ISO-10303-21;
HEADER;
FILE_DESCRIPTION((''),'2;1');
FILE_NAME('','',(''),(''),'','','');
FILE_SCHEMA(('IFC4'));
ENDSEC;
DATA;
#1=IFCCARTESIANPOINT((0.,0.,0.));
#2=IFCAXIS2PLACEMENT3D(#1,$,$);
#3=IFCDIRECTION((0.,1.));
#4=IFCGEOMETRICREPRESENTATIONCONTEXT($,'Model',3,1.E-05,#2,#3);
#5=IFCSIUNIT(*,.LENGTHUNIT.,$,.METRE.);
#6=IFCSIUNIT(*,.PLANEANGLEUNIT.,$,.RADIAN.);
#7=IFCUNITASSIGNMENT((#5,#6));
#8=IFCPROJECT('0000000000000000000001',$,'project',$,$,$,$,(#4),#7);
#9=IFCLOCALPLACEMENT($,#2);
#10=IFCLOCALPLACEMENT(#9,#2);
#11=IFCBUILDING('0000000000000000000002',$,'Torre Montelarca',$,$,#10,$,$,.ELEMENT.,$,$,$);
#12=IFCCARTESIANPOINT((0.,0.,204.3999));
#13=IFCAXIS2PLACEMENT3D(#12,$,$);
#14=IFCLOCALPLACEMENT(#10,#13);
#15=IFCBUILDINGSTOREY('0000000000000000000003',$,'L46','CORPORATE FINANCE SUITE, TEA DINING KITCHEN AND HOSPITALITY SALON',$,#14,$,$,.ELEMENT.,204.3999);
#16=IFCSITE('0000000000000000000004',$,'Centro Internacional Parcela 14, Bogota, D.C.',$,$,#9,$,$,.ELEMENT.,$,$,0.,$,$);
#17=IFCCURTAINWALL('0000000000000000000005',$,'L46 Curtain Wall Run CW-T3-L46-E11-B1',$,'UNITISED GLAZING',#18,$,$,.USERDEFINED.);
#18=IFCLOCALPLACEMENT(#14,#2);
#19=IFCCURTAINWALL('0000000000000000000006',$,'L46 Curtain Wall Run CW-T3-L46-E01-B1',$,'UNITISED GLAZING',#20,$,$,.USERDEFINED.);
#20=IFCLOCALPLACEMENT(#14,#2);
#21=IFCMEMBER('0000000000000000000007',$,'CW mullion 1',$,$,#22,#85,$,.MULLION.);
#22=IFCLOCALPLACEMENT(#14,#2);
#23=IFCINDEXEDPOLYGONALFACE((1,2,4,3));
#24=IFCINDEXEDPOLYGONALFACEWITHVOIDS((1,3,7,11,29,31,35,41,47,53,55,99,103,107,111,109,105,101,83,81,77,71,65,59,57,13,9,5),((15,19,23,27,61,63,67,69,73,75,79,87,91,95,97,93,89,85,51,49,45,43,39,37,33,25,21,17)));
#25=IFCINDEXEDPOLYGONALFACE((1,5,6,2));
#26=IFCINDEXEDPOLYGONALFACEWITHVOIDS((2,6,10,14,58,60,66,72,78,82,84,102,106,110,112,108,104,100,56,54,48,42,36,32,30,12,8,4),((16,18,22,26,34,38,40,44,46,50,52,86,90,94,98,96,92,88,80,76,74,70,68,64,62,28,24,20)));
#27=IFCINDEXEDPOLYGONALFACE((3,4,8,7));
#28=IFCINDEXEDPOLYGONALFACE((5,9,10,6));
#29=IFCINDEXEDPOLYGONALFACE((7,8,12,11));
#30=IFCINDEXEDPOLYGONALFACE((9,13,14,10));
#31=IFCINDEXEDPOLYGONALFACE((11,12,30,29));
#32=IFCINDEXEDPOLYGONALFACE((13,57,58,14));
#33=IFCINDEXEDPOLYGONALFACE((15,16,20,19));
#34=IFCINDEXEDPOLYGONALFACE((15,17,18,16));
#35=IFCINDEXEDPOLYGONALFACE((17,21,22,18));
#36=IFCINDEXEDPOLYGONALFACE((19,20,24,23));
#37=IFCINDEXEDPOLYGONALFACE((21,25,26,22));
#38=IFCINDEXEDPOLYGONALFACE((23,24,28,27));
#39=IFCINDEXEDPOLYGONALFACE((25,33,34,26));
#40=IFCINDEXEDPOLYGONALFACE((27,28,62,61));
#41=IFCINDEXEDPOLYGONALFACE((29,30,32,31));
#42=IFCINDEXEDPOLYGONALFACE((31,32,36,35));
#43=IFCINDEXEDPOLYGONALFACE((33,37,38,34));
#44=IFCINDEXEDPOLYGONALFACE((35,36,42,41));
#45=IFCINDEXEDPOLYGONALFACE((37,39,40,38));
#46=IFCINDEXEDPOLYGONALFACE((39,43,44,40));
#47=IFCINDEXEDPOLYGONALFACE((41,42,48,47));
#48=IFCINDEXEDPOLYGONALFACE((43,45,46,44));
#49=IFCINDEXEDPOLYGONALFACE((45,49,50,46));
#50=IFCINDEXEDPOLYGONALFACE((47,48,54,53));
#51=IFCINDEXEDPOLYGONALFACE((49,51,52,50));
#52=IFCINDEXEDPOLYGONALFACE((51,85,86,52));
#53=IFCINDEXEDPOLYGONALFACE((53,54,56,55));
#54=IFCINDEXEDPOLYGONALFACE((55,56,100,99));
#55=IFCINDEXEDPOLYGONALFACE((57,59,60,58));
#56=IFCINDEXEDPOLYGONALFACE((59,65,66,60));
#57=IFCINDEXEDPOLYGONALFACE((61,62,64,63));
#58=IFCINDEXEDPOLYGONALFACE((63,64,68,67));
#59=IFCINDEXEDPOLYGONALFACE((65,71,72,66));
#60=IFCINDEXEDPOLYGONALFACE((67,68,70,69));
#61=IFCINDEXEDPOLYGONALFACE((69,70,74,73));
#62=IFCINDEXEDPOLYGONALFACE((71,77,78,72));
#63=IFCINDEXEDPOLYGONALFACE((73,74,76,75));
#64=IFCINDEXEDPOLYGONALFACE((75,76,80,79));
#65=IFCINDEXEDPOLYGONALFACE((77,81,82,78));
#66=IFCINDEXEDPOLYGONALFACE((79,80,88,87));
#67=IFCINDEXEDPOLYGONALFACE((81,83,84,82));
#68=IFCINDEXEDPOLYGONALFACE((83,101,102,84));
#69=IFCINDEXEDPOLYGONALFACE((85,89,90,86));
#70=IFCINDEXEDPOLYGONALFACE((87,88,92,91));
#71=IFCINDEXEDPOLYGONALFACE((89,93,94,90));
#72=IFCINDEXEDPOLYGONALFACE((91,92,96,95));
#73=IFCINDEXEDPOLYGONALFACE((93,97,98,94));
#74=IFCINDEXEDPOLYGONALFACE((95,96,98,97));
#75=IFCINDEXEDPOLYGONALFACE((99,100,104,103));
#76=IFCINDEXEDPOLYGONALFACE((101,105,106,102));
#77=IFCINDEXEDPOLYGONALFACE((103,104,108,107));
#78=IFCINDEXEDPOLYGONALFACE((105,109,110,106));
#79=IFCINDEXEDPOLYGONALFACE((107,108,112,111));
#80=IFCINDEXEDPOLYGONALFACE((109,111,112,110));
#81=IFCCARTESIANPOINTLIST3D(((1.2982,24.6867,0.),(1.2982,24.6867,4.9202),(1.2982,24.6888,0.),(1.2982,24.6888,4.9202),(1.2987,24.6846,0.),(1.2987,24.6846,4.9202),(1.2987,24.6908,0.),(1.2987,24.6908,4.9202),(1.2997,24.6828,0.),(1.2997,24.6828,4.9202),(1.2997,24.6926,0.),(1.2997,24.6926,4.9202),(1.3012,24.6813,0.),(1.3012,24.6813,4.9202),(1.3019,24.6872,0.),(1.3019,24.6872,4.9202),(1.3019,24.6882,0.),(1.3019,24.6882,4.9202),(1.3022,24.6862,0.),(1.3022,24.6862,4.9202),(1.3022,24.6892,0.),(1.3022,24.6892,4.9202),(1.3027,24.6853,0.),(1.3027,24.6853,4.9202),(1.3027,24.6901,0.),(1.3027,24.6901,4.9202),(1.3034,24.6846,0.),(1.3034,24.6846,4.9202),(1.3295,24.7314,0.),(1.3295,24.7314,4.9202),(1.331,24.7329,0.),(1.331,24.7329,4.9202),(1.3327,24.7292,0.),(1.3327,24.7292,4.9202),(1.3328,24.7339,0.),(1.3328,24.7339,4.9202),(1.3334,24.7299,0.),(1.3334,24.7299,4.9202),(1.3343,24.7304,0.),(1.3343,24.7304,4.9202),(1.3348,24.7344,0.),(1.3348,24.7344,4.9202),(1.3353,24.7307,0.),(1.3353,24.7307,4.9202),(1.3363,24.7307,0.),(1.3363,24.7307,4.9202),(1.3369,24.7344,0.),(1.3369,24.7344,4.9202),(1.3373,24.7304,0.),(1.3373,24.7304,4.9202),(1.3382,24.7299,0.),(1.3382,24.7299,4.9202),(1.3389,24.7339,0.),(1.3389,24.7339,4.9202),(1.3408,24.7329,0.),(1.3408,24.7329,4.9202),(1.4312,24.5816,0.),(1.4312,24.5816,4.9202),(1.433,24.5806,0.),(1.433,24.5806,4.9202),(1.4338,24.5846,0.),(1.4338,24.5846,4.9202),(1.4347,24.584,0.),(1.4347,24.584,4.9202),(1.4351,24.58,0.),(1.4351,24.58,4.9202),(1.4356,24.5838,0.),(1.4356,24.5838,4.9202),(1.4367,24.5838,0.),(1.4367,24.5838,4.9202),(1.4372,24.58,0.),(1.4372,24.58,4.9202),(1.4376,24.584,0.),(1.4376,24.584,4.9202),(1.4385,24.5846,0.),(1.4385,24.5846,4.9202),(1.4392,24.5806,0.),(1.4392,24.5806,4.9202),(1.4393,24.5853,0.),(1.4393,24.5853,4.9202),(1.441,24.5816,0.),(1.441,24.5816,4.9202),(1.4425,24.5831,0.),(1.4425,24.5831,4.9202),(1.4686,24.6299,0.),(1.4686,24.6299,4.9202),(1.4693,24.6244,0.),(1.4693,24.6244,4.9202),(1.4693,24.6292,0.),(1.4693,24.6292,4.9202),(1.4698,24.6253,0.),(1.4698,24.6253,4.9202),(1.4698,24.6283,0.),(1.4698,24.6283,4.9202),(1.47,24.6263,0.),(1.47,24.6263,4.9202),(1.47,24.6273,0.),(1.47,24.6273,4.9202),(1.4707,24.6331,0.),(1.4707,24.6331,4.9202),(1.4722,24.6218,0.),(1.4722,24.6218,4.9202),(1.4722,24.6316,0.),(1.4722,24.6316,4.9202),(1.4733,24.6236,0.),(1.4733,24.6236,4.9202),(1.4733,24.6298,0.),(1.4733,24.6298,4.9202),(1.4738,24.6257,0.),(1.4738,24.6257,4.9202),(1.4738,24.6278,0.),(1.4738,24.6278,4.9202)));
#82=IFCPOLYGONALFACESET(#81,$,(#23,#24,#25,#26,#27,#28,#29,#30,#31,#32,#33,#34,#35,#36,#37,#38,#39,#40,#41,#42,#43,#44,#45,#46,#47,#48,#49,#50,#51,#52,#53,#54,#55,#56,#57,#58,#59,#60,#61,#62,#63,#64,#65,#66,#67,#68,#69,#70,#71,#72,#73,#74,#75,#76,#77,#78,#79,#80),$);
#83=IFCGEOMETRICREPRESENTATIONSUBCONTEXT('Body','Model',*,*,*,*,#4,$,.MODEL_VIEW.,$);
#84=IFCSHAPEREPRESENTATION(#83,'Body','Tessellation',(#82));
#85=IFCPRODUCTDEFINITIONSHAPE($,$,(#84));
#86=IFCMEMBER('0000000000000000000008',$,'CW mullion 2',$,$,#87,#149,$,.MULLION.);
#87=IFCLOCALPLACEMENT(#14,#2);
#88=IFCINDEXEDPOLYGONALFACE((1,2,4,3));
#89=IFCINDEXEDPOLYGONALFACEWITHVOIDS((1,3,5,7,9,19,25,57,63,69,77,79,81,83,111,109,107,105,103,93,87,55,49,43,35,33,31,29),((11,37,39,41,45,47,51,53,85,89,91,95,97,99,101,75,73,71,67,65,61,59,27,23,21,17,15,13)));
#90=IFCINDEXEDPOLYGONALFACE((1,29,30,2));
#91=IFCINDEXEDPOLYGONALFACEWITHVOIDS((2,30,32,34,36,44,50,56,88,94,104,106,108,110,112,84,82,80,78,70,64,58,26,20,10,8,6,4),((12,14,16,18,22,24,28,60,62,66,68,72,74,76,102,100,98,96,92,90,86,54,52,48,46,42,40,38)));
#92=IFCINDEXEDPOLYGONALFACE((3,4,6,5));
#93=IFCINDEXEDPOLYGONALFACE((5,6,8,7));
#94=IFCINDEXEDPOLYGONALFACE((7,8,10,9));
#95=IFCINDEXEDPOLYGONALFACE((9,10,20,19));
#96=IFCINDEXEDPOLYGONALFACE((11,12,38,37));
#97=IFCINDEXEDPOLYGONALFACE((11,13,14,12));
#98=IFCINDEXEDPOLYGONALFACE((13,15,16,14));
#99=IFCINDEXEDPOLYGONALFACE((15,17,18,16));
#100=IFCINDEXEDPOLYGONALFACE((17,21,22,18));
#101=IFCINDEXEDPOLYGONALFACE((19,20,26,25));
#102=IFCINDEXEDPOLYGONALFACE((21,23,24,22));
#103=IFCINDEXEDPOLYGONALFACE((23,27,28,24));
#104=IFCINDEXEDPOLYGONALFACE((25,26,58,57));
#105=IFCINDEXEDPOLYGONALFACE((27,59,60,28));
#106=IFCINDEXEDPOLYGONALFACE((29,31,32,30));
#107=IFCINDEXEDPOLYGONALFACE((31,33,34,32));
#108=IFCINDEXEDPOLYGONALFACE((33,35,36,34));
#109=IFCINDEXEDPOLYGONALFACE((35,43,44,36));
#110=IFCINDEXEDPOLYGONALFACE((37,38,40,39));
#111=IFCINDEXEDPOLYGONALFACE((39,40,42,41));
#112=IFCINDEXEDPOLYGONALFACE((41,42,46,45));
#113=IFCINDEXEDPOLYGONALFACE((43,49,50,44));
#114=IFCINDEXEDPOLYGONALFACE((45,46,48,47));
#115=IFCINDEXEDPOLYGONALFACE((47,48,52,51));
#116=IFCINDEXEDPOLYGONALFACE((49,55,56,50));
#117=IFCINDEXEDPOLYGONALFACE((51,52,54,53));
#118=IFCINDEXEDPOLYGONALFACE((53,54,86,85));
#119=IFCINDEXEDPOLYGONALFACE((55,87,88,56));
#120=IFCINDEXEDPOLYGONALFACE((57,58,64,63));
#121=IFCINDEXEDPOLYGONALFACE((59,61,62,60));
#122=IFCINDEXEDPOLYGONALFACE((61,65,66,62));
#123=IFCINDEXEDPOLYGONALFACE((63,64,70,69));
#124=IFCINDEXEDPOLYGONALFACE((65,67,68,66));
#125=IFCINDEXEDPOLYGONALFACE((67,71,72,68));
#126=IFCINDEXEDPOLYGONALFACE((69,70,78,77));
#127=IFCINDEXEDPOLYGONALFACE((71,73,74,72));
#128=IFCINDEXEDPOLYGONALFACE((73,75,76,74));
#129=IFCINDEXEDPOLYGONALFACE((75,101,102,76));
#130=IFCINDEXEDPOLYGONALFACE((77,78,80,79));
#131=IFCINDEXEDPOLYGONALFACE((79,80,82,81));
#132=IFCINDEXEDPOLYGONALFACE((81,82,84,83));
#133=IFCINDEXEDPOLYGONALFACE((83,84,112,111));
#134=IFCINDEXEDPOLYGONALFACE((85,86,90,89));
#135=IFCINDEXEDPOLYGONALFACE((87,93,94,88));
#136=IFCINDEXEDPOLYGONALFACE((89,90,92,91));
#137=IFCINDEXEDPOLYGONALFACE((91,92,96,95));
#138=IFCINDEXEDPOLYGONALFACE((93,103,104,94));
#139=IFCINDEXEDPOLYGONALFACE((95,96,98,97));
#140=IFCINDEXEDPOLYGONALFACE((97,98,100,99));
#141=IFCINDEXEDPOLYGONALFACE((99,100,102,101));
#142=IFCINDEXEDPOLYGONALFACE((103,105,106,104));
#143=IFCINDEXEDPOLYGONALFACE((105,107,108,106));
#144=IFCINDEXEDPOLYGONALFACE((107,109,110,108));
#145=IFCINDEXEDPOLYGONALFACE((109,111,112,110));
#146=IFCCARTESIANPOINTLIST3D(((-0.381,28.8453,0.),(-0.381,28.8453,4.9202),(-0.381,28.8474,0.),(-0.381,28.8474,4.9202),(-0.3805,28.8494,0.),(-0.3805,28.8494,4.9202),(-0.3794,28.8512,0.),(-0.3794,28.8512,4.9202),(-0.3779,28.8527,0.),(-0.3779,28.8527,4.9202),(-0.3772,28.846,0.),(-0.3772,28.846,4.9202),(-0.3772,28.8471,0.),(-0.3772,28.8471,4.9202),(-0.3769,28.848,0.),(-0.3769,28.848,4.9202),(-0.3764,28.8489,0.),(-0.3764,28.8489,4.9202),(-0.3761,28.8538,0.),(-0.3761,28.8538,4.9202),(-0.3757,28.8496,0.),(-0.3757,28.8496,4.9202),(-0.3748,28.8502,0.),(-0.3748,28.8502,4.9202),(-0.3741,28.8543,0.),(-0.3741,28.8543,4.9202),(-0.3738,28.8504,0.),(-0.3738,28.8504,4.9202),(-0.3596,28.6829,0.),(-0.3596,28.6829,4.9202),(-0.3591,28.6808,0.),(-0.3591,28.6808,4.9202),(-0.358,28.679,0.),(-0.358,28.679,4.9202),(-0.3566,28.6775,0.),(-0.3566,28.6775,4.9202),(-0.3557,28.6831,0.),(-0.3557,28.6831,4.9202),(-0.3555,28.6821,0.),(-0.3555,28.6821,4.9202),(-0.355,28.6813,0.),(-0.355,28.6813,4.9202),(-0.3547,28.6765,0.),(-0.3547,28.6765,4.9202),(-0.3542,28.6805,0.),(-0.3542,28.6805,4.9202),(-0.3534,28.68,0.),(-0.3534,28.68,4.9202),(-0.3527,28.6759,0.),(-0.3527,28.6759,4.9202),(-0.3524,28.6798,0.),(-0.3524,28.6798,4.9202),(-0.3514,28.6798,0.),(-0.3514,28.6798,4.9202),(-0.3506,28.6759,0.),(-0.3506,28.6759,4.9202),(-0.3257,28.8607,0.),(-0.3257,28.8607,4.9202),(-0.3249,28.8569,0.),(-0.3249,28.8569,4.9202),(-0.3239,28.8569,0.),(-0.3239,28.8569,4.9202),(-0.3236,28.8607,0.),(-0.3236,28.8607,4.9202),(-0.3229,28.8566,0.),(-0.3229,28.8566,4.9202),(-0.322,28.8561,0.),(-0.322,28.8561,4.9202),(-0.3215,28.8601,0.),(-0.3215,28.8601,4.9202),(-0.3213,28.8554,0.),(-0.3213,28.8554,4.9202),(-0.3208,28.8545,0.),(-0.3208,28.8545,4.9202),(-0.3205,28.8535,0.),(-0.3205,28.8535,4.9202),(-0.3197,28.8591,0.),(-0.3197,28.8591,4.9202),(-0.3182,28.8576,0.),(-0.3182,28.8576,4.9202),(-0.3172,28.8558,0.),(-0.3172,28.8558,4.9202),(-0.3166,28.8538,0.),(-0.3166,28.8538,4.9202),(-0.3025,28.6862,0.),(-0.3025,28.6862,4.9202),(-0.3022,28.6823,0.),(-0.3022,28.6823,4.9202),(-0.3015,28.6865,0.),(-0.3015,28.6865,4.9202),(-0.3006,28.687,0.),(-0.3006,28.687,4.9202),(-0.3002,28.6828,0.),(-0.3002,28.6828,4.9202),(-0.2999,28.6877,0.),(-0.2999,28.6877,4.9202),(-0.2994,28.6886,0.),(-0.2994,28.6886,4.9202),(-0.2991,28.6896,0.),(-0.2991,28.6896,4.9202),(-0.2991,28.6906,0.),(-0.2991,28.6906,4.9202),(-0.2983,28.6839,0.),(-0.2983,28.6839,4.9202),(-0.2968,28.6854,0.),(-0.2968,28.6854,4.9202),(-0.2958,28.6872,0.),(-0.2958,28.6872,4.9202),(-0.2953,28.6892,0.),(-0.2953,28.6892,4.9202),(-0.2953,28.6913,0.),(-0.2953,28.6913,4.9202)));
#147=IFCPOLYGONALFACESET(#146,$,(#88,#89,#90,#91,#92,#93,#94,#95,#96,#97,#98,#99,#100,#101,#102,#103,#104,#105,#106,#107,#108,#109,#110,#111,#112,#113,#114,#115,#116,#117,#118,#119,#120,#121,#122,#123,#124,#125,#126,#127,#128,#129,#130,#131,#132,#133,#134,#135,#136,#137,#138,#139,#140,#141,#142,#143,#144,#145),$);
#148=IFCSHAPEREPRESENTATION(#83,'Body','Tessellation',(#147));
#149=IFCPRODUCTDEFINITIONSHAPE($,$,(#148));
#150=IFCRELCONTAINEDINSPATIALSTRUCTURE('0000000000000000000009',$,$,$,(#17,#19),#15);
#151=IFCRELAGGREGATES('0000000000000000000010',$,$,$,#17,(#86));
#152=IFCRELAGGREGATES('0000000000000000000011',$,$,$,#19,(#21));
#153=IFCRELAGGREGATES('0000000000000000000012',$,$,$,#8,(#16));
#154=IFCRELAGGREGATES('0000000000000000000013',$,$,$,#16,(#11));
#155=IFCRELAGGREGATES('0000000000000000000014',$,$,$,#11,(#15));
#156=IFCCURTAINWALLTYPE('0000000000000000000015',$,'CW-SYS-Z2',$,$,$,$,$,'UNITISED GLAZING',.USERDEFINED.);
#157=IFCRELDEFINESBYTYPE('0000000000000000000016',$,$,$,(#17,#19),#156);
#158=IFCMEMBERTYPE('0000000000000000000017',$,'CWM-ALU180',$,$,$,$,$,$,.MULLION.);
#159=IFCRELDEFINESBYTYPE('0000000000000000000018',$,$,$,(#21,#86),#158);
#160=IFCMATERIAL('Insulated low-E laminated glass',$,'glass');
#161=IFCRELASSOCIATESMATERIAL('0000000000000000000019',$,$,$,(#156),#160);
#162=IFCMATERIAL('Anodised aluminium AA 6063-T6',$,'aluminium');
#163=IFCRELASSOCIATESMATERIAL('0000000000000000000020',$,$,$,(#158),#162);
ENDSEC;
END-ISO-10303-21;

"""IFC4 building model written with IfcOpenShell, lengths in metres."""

from ifc_helpers import new_model, si_unit, direction, frame, origin, origin_2d, place, context, subcontext, project, spatial, hollow_rectangle, extrude, source, transform, mapped, material, material_profile, profile_set, type_object, element, aggregate, save


model = new_model("IFC4")

# Units and contexts
model_context = context("Model", 3, precision=1e-05, world=origin(), true_north=direction((0.0, 1.0)))
body_context = subcontext(model_context, "Body", "Model", "MODEL_VIEW")
ifc_project = project(units=[si_unit("LENGTHUNIT", "METRE"), si_unit("PLANEANGLEUNIT", "RADIAN")], contexts=[model_context])

# Site, building, storey
site_placement = place(None, origin())
site = spatial("IfcSite", under=ifc_project, at=site_placement, Name="Centro Internacional Parcela 14, Bogota, D.C.", CompositionType="ELEMENT", RefElevation=0.0)
building_placement = place(site_placement, origin())
building = spatial("IfcBuilding", under=site, at=building_placement, Name="Torre Montelarca", CompositionType="ELEMENT")
storey_placement = place(building_placement, frame((0.0, 0.0, 204.3999)))
storey = spatial("IfcBuildingStorey", under=building, at=storey_placement, Name="L46", Description="CORPORATE FINANCE SUITE, TEA DINING KITCHEN AND HOSPITALITY SALON", CompositionType="ELEMENT", Elevation=204.3999)

# Curtain wall
ifc_material_1 = material(Name="Insulated low-E laminated glass", Category="glass")
curtain_wall_type = type_object("IfcCurtainWallType", Name="CW-SYS-Z2", ElementType="UNITISED GLAZING", PredefinedType="USERDEFINED", material=ifc_material_1)
curtain_wall_1_placement = place(storey_placement, origin())
curtain_wall_1 = element("IfcCurtainWall", 1, at=curtain_wall_1_placement, inside=storey, type_object=curtain_wall_type, Name="L46 Curtain Wall Run CW-T3-L46-E11-B1", ObjectType="UNITISED GLAZING", PredefinedType="USERDEFINED")
ifc_material_2 = material(Name="Anodised aluminium AA 6063-T6", Category="aluminium")

# Curtain wall, member
curtain_wall_2_placement = place(storey_placement, origin())
curtain_wall_2 = element("IfcCurtainWall", 2, at=curtain_wall_2_placement, inside=storey, type_object=curtain_wall_type, Name="L46 Curtain Wall Run CW-T3-L46-E01-B1", ObjectType="UNITISED GLAZING", PredefinedType="USERDEFINED")
ifc_material_profile_1 = material_profile(ifc_material_2, hollow_rectangle(XDim=0.0649, YDim=0.1799, WallThickness=0.0039, InnerFilletRadius=0.0039, OuterFilletRadius=0.0081, at=origin_2d()), Name="ALU65X180X4", Category="aluminium")
ifc_profile_set_1 = profile_set([ifc_material_profile_1], Name="Anodised aluminium AA 6063-T6")
member_type_1 = type_object("IfcMemberType", Name="CWM-ALU180", PredefinedType="MULLION", material=ifc_profile_set_1)
shared_shape_1 = source(origin(), body_context, "Body", "SweptSolid", [
    extrude(hollow_rectangle(XDim=0.0649, YDim=0.1799, WallThickness=0.0039, InnerFilletRadius=0.0039, OuterFilletRadius=0.0081, at=origin_2d()), origin(), (0.0, 0.0, 1.0), 4.9202),
])
member_1_placement = place(storey_placement, frame((1.386, 24.6572, 0.0), z_axis=(0.0, 0.0, 1.0), x_axis=(0.608764, 0.793352, 0.0)))
member_1 = element("IfcMember", 3, at=member_1_placement, type_object=member_type_1, Name="CW mullion 1", PredefinedType="MULLION", context=body_context, shape_type="MappedRepresentation", body=[
    mapped(shared_shape_1, transform((0.0, 0.0, 0.0), scale=1.0)),
])

# Member
member_2_placement = place(storey_placement, frame((-0.3381, 28.7683, 0.0), z_axis=(0.0, 0.0, 1.0), x_axis=(0.991446, 0.130514, 0.0)))
member_2 = element("IfcMember", 4, at=member_2_placement, type_object=member_type_1, Name="CW mullion 2", PredefinedType="MULLION", context=body_context, shape_type="MappedRepresentation", body=[
    mapped(shared_shape_1, transform((0.0, 0.0, 0.0), scale=1.0)),
])

aggregate(curtain_wall_1, [member_2])
aggregate(curtain_wall_2, [member_1])

save(model, "model.ifc")
